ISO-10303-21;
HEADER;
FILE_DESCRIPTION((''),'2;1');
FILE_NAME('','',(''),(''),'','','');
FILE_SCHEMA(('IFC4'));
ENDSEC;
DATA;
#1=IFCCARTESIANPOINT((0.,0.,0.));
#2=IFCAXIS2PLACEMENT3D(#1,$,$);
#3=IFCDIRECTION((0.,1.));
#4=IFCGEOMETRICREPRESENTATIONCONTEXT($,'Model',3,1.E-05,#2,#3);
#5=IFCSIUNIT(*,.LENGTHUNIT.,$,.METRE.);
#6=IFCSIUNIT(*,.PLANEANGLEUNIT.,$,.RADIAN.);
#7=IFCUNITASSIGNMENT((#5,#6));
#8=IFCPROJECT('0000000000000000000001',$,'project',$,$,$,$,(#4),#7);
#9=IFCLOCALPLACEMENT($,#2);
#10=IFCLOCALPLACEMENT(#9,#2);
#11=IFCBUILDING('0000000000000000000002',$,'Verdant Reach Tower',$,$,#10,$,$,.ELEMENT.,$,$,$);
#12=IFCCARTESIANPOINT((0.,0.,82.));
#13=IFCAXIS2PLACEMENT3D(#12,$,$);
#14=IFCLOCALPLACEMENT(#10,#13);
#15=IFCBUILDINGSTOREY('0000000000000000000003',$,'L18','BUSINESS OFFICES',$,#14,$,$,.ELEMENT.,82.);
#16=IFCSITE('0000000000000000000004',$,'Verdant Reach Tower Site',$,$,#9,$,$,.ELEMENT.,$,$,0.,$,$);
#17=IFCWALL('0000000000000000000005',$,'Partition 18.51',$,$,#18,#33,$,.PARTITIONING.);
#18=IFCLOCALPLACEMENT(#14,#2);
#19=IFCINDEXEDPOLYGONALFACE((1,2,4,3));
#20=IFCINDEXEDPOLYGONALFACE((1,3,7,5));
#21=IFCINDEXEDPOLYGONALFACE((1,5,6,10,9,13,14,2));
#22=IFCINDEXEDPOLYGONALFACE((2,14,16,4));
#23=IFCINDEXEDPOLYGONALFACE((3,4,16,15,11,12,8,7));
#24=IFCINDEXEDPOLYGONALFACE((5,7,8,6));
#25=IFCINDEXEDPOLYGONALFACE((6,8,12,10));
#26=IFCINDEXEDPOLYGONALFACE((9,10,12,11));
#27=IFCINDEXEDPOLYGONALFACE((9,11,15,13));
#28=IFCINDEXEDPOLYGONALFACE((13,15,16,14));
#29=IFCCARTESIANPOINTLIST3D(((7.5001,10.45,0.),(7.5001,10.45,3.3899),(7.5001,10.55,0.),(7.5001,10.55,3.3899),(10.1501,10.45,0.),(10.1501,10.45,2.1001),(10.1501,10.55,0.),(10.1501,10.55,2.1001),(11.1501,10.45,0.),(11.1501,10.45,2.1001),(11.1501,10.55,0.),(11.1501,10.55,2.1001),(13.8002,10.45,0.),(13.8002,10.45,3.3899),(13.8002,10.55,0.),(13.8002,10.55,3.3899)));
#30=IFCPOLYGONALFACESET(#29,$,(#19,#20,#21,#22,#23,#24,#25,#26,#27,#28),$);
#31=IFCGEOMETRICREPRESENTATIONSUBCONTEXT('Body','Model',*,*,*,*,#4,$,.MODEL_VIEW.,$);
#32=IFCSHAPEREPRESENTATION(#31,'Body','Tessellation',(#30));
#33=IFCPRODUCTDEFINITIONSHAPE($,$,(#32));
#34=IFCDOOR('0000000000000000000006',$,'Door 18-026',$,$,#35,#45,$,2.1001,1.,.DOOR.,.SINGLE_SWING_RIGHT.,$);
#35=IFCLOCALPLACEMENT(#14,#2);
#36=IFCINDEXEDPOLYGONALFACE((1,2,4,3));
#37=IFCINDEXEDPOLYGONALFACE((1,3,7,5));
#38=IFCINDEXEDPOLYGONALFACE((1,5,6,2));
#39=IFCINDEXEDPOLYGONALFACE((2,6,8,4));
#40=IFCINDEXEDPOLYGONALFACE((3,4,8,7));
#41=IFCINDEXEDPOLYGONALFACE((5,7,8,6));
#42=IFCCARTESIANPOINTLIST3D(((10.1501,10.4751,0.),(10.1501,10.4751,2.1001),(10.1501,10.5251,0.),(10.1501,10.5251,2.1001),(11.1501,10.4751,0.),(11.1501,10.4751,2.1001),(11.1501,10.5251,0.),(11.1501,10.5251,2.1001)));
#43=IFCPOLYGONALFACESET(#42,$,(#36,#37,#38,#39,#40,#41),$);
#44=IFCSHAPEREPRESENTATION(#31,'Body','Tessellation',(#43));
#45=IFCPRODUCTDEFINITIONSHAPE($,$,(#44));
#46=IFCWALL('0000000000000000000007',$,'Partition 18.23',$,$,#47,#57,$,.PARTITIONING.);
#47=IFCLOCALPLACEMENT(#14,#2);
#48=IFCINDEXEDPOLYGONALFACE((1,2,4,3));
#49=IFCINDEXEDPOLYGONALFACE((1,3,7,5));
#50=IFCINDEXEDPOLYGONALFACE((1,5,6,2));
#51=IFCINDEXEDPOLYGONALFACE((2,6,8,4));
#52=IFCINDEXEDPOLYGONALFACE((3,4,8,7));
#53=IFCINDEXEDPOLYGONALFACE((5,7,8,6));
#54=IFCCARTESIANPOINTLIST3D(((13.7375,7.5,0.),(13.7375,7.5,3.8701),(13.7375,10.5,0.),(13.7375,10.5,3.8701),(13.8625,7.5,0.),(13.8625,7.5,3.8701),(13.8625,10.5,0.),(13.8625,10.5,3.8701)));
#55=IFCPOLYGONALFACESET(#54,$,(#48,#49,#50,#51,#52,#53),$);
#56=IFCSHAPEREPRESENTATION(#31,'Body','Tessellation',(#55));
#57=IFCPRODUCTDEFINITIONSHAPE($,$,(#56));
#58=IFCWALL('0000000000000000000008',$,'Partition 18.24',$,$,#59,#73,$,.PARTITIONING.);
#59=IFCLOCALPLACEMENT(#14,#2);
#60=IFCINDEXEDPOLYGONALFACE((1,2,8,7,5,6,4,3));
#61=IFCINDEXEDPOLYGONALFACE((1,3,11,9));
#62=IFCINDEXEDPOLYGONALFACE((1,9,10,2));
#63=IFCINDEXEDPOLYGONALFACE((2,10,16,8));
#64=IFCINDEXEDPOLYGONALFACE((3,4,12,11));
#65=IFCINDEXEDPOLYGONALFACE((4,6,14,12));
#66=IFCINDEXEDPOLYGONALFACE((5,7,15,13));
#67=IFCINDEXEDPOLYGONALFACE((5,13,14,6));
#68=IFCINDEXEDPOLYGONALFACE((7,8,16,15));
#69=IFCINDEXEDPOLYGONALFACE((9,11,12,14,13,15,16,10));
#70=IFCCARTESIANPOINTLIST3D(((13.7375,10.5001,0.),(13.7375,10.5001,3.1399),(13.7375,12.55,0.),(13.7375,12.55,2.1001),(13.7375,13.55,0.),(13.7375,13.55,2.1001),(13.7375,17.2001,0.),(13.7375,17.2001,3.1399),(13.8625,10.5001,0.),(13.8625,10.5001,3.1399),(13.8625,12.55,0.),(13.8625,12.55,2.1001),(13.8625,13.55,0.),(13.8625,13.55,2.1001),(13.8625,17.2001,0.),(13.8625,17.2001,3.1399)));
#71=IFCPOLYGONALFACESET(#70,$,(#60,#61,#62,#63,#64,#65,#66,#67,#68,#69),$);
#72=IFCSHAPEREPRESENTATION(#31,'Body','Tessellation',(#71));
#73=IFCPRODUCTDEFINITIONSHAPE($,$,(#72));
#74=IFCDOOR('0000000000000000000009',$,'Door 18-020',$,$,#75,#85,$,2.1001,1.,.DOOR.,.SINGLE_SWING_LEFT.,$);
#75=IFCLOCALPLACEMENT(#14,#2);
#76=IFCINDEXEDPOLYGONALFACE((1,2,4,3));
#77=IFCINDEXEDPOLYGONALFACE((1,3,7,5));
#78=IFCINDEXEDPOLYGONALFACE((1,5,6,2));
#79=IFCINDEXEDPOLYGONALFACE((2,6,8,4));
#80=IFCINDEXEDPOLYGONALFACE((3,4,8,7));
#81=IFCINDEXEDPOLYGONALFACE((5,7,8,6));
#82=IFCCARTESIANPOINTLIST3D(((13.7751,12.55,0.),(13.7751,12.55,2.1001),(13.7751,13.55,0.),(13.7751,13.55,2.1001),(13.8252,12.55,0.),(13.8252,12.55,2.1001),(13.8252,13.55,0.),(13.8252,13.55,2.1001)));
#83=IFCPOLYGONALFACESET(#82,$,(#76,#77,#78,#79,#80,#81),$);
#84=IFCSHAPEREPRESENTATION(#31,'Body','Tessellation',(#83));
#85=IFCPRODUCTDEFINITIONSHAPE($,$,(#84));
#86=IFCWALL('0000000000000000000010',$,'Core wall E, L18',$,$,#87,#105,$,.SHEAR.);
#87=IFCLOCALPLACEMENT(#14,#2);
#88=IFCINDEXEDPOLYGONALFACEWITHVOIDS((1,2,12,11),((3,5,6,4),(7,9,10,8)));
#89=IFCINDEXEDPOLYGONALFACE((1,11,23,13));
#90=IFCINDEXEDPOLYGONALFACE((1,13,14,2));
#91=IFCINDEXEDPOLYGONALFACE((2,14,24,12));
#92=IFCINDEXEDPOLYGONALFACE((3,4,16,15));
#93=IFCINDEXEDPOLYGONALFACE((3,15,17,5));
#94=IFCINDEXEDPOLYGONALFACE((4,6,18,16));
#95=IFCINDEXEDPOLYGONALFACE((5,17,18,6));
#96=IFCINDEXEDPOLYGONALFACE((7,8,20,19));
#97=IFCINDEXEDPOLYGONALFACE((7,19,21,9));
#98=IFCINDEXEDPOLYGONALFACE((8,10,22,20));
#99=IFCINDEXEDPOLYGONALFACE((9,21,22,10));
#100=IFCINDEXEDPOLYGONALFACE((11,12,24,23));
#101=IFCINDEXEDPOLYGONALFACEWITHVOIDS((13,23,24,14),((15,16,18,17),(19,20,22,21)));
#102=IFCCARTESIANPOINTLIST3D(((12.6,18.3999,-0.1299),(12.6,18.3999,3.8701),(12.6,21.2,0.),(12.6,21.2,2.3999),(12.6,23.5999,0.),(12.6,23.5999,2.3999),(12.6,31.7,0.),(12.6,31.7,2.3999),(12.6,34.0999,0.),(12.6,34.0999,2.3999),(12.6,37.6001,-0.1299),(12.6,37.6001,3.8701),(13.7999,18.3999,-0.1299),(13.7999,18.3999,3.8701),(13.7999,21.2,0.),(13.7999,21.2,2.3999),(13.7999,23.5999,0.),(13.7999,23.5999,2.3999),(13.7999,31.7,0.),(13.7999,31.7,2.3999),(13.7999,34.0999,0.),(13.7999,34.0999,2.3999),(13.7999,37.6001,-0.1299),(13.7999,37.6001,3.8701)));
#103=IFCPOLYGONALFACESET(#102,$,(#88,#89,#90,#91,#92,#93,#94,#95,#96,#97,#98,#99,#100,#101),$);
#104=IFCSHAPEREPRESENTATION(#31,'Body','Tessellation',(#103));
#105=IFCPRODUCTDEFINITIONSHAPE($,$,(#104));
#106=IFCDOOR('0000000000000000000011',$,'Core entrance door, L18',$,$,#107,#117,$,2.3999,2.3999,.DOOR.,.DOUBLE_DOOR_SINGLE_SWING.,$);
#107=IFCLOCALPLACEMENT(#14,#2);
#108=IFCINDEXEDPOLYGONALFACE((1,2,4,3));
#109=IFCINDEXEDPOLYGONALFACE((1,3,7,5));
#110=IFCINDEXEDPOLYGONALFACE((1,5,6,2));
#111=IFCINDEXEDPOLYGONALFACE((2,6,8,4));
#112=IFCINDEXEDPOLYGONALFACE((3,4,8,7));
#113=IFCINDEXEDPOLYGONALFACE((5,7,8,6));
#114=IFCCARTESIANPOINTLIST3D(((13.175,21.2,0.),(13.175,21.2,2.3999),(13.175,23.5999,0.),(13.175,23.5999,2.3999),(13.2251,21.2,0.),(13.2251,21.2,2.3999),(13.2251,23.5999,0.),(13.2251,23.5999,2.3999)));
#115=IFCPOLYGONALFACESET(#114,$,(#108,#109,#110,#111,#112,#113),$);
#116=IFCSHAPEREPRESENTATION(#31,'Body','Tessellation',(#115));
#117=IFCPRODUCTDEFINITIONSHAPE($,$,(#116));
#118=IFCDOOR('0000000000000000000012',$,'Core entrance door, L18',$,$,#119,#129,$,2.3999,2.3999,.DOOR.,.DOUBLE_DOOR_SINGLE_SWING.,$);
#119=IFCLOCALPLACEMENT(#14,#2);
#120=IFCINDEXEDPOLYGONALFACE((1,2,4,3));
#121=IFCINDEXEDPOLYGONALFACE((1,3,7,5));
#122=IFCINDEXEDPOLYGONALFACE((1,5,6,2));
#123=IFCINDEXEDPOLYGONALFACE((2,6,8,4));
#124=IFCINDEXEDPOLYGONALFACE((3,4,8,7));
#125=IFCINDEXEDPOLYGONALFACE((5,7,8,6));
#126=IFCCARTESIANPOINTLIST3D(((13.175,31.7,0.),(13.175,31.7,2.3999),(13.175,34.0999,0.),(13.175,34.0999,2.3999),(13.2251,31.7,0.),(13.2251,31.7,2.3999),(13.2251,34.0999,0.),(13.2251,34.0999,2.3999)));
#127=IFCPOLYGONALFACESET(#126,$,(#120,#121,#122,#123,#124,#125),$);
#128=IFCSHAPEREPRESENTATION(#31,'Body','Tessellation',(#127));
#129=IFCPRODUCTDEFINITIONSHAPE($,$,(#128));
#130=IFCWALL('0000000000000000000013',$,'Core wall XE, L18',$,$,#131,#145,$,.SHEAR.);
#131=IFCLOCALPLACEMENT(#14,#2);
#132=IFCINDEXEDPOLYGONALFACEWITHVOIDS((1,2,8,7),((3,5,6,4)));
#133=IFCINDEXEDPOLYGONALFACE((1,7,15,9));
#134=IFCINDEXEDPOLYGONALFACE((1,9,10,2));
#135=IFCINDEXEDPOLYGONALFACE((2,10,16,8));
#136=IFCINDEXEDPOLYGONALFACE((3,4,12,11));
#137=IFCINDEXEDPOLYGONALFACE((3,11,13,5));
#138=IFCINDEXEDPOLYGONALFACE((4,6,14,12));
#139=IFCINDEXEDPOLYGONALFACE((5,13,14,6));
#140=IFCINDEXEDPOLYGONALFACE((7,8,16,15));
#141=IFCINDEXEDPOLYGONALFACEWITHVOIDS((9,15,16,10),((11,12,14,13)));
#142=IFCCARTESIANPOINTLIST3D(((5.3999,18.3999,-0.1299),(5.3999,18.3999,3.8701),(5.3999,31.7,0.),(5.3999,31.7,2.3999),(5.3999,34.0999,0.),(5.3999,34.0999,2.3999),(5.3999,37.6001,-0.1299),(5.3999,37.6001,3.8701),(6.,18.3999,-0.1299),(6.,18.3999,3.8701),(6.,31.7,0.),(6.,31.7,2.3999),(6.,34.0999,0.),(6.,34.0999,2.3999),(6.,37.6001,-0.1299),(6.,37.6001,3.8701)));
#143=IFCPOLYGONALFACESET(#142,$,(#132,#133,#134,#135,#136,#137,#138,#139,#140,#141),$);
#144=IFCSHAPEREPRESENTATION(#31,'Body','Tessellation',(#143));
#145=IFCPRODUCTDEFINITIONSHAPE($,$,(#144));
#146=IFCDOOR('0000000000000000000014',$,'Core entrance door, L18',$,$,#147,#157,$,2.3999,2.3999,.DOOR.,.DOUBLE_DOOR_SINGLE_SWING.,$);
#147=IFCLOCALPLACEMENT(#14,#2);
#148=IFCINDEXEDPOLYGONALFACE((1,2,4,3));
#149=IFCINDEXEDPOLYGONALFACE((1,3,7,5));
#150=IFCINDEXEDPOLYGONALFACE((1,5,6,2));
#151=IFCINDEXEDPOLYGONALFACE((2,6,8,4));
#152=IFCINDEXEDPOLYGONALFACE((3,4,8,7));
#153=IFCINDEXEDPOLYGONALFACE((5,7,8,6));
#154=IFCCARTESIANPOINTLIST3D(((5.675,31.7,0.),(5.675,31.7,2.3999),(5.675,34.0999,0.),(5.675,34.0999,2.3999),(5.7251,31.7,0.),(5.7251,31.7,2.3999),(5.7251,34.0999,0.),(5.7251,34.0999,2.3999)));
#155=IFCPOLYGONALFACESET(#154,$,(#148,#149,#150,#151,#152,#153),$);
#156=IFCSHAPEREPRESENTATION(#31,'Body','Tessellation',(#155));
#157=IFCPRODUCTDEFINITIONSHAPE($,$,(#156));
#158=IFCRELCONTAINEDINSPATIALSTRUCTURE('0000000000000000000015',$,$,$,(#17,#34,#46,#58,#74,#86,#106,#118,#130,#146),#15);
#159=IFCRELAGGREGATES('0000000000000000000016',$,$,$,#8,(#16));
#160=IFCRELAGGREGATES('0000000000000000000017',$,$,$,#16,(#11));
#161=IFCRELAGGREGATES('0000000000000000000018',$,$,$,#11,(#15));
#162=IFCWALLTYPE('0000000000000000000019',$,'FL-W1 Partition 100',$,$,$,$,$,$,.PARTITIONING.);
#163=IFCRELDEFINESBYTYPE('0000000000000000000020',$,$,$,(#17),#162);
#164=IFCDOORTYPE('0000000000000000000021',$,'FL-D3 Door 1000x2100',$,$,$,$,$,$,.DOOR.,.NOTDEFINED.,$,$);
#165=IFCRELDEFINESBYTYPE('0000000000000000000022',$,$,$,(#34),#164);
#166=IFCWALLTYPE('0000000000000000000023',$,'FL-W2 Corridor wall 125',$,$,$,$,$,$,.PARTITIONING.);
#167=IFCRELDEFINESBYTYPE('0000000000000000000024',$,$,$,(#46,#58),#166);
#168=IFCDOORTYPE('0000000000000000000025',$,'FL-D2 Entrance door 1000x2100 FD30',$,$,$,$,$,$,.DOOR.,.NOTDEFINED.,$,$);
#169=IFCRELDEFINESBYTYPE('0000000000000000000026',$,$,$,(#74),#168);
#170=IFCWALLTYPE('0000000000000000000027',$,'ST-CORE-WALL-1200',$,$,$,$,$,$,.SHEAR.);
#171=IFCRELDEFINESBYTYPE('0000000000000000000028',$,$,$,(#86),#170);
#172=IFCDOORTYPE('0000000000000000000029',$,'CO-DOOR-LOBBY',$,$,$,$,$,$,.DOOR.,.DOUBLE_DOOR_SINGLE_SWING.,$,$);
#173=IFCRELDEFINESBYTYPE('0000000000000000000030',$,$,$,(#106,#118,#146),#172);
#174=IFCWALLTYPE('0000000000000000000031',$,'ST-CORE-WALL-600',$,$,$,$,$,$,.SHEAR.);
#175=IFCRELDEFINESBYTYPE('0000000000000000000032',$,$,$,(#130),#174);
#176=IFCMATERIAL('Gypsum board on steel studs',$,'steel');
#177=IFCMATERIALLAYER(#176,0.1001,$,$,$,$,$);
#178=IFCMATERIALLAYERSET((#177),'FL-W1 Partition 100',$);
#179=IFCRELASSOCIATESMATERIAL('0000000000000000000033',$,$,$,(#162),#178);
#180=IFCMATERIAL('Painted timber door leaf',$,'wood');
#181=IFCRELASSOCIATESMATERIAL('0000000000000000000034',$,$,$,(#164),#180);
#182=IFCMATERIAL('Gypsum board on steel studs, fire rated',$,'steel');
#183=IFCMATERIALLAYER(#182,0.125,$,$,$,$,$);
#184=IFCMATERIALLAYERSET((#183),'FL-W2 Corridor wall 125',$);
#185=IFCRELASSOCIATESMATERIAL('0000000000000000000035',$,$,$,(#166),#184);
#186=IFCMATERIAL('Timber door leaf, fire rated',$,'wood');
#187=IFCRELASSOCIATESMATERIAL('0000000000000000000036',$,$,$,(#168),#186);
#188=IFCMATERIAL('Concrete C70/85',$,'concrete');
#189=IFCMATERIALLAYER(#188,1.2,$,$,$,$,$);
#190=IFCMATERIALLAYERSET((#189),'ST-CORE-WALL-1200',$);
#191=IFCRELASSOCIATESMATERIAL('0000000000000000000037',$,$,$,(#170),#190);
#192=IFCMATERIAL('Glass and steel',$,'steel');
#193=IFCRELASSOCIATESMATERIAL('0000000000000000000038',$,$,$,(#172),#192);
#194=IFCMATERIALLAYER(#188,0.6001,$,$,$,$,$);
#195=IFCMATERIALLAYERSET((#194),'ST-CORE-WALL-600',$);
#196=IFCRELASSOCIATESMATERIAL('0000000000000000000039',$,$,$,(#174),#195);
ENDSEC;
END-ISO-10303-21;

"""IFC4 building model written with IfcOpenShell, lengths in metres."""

from ifc_helpers import new_model, si_unit, direction, frame, frame_2d, origin, place, context, subcontext, project, spatial, rectangle, extrude, material, layer, layer_set, type_object, element, fill, save


model = new_model("IFC4")

# Units and contexts
model_context = context("Model", 3, precision=1e-05, world=origin(), true_north=direction((0.0, 1.0)))
body_context = subcontext(model_context, "Body", "Model", "MODEL_VIEW")
ifc_project = project(units=[si_unit("LENGTHUNIT", "METRE"), si_unit("PLANEANGLEUNIT", "RADIAN")], contexts=[model_context])

# Site, building, storey
site_placement = place(None, origin())
site = spatial("IfcSite", under=ifc_project, at=site_placement, Name="Verdant Reach Tower Site", CompositionType="ELEMENT", RefElevation=0.0)
building_placement = place(site_placement, origin())
building = spatial("IfcBuilding", under=site, at=building_placement, Name="Verdant Reach Tower", CompositionType="ELEMENT")
storey_placement = place(building_placement, frame((0.0, 0.0, 82.0)))
storey = spatial("IfcBuildingStorey", under=building, at=storey_placement, Name="L18", Description="BUSINESS OFFICES", CompositionType="ELEMENT", Elevation=82.0)

# Shared definitions
ifc_material_1 = material(Name="Gypsum board on steel studs", Category="steel")

# Wall, opening, door
ifc_layer_1 = layer(ifc_material_1, 0.1001)
ifc_layer_set_1 = layer_set([ifc_layer_1], Name="FL-W1 Partition 100")
wall_type_1 = type_object("IfcWallType", Name="FL-W1 Partition 100", PredefinedType="PARTITIONING", material=ifc_layer_set_1)
wall_1_placement = place(storey_placement, frame((13.8, 10.5, 0.0), z_axis=(0.0, 0.0, 1.0), x_axis=(-1.0, 0.0, 0.0)))
wall_1 = element("IfcWall", 1, at=wall_1_placement, inside=storey, type_object=wall_type_1, Name="Partition 18.51", PredefinedType="PARTITIONING", context=body_context, shape_type="SweptSolid", body=[
    extrude(rectangle(XDim=6.3, YDim=0.1001, at=frame_2d((3.1499, 0.0))), origin(), (0.0, 0.0, 1.0), 3.3899),
])
opening_1_placement = place(wall_1_placement, frame((2.6499, 0.0, 0.0)))
opening_1 = element("IfcOpeningElement", 2, at=opening_1_placement, cuts=wall_1, PredefinedType="OPENING", context=body_context, shape_type="SweptSolid", body=[
    extrude(rectangle(XDim=1.0, YDim=2.1001, at=frame_2d((0.5, 1.05))), frame((0.0, 0.0601, 0.0), z_axis=(0.0, -1.0, 0.0), x_axis=(1.0, 0.0, 0.0)), (0.0, 0.0, 1.0), 0.1201),
])
ifc_material_2 = material(Name="Painted timber door leaf", Category="wood")
door_type_1 = type_object("IfcDoorType", Name="FL-D3 Door 1000x2100", OperationType="NOTDEFINED", PredefinedType="DOOR", material=ifc_material_2)
door_1_placement = place(opening_1_placement, origin())
door_1 = element("IfcDoor", 3, at=door_1_placement, inside=storey, type_object=door_type_1, Name="Door 18-026", OperationType="SINGLE_SWING_RIGHT", OverallHeight=2.1001, OverallWidth=1.0, PredefinedType="DOOR", context=body_context, shape_type="SweptSolid", body=[
    extrude(rectangle(XDim=1.0, YDim=2.1001, at=frame_2d((0.5, 1.05))), frame((0.0, 0.0249, 0.0), z_axis=(0.0, -1.0, 0.0), x_axis=(1.0, 0.0, 0.0)), (0.0, 0.0, 1.0), 0.05),
])
fill(opening_1, door_1)

# Wall
ifc_material_3 = material(Name="Gypsum board on steel studs, fire rated", Category="steel")
ifc_layer_2 = layer(ifc_material_3, 0.125)
ifc_layer_set_2 = layer_set([ifc_layer_2], Name="FL-W2 Corridor wall 125")
wall_type_2 = type_object("IfcWallType", Name="FL-W2 Corridor wall 125", PredefinedType="PARTITIONING", material=ifc_layer_set_2)
wall_2_placement = place(storey_placement, frame((13.8, 10.5, 0.0), z_axis=(0.0, 0.0, 1.0), x_axis=(0.0, -1.0, 0.0)))
element("IfcWall", 4, at=wall_2_placement, inside=storey, type_object=wall_type_2, Name="Partition 18.23", PredefinedType="PARTITIONING", context=body_context, shape_type="SweptSolid", body=[
    extrude(rectangle(XDim=3.0, YDim=0.125, at=frame_2d((1.5, 0.0))), origin(), (0.0, 0.0, 1.0), 3.8701),
])

# Wall, opening, door
wall_3_placement = place(storey_placement, frame((13.8, 10.5, 0.0), z_axis=(0.0, 0.0, 1.0), x_axis=(0.0, 1.0, 0.0)))
wall_3 = element("IfcWall", 5, at=wall_3_placement, inside=storey, type_object=wall_type_2, Name="Partition 18.24", PredefinedType="PARTITIONING", context=body_context, shape_type="SweptSolid", body=[
    extrude(rectangle(XDim=6.7, YDim=0.125, at=frame_2d((3.3501, 0.0))), origin(), (0.0, 0.0, 1.0), 3.1399),
])
opening_2_placement = place(wall_3_placement, frame((2.05, 0.0, 0.0)))
opening_2 = element("IfcOpeningElement", 6, at=opening_2_placement, cuts=wall_3, PredefinedType="OPENING", context=body_context, shape_type="SweptSolid", body=[
    extrude(rectangle(XDim=1.0, YDim=2.1001, at=frame_2d((0.5, 1.05))), frame((0.0, 0.0725, 0.0), z_axis=(0.0, -1.0, 0.0), x_axis=(1.0, 0.0, 0.0)), (0.0, 0.0, 1.0), 0.145),
])
ifc_material_4 = material(Name="Timber door leaf, fire rated", Category="wood")
door_type_2 = type_object("IfcDoorType", Name="FL-D2 Entrance door 1000x2100 FD30", OperationType="NOTDEFINED", PredefinedType="DOOR", material=ifc_material_4)
door_2_placement = place(opening_2_placement, origin())
door_2 = element("IfcDoor", 7, at=door_2_placement, inside=storey, type_object=door_type_2, Name="Door 18-020", OperationType="SINGLE_SWING_LEFT", OverallHeight=2.1001, OverallWidth=1.0, PredefinedType="DOOR", context=body_context, shape_type="SweptSolid", body=[
    extrude(rectangle(XDim=1.0, YDim=2.1001, at=frame_2d((0.5, 1.05))), frame((0.0, 0.0249, 0.0), z_axis=(0.0, -1.0, 0.0), x_axis=(1.0, 0.0, 0.0)), (0.0, 0.0, 1.0), 0.05),
])
fill(opening_2, door_2)

# Wall, openings, doors
ifc_material_5 = material(Name="Concrete C70/85", Category="concrete")
ifc_layer_3 = layer(ifc_material_5, 1.2)
ifc_layer_set_3 = layer_set([ifc_layer_3], Name="ST-CORE-WALL-1200")
wall_type_3 = type_object("IfcWallType", Name="ST-CORE-WALL-1200", PredefinedType="SHEAR", material=ifc_layer_set_3)
wall_4_placement = place(storey_placement, frame((13.2, 18.3999, -0.1299), z_axis=(0.0, 0.0, 1.0), x_axis=(0.0, 1.0, 0.0)))
wall_4 = element("IfcWall", 8, at=wall_4_placement, inside=storey, type_object=wall_type_3, Name="Core wall E, L18", PredefinedType="SHEAR", context=body_context, shape_type="SweptSolid", body=[
    extrude(rectangle(XDim=19.2002, YDim=1.2, at=frame_2d((9.6001, 0.0))), origin(), (0.0, 0.0, 1.0), 4.0),
])
opening_3_placement = place(wall_4_placement, frame((2.8, 0.0, 0.1299)))
opening_3 = element("IfcOpeningElement", 9, at=opening_3_placement, cuts=wall_4, PredefinedType="OPENING", context=body_context, shape_type="SweptSolid", body=[
    extrude(rectangle(XDim=2.3999, YDim=2.3999, at=frame_2d((1.2, 1.2))), frame((0.0, 0.6099, 0.0), z_axis=(0.0, -1.0, 0.0), x_axis=(1.0, 0.0, 0.0)), (0.0, 0.0, 1.0), 1.22),
])
opening_4_placement = place(wall_4_placement, frame((13.3, 0.0, 0.1299)))
opening_4 = element("IfcOpeningElement", 10, at=opening_4_placement, cuts=wall_4, PredefinedType="OPENING", context=body_context, shape_type="SweptSolid", body=[
    extrude(rectangle(XDim=2.3999, YDim=2.3999, at=frame_2d((1.2, 1.2))), frame((0.0, 0.6099, 0.0), z_axis=(0.0, -1.0, 0.0), x_axis=(1.0, 0.0, 0.0)), (0.0, 0.0, 1.0), 1.22),
])
ifc_material_6 = material(Name="Glass and steel", Category="steel")
door_type_3 = type_object("IfcDoorType", Name="CO-DOOR-LOBBY", OperationType="DOUBLE_DOOR_SINGLE_SWING", PredefinedType="DOOR", material=ifc_material_6)
door_3_placement = place(opening_3_placement, origin())
door_3 = element("IfcDoor", 11, at=door_3_placement, inside=storey, type_object=door_type_3, Name="Core entrance door, L18", OperationType="DOUBLE_DOOR_SINGLE_SWING", OverallHeight=2.3999, OverallWidth=2.3999, PredefinedType="DOOR", context=body_context, shape_type="SweptSolid", body=[
    extrude(rectangle(XDim=2.3999, YDim=2.3999, at=frame_2d((1.2, 1.2))), frame((0.0, 0.0249, 0.0), z_axis=(0.0, -1.0, 0.0), x_axis=(1.0, 0.0, 0.0)), (0.0, 0.0, 1.0), 0.05),
])
fill(opening_3, door_3)
door_4_placement = place(opening_4_placement, origin())
door_4 = element("IfcDoor", 12, at=door_4_placement, inside=storey, type_object=door_type_3, Name="Core entrance door, L18", OperationType="DOUBLE_DOOR_SINGLE_SWING", OverallHeight=2.3999, OverallWidth=2.3999, PredefinedType="DOOR", context=body_context, shape_type="SweptSolid", body=[
    extrude(rectangle(XDim=2.3999, YDim=2.3999, at=frame_2d((1.2, 1.2))), frame((0.0, 0.0249, 0.0), z_axis=(0.0, -1.0, 0.0), x_axis=(1.0, 0.0, 0.0)), (0.0, 0.0, 1.0), 0.05),
])
fill(opening_4, door_4)

# Wall, opening, door
ifc_layer_4 = layer(ifc_material_5, 0.6001)
ifc_layer_set_4 = layer_set([ifc_layer_4], Name="ST-CORE-WALL-600")
wall_type_4 = type_object("IfcWallType", Name="ST-CORE-WALL-600", PredefinedType="SHEAR", material=ifc_layer_set_4)
wall_5_placement = place(storey_placement, frame((5.7, 18.3999, -0.1299), z_axis=(0.0, 0.0, 1.0), x_axis=(0.0, 1.0, 0.0)))
wall_5 = element("IfcWall", 13, at=wall_5_placement, inside=storey, type_object=wall_type_4, Name="Core wall XE, L18", PredefinedType="SHEAR", context=body_context, shape_type="SweptSolid", body=[
    extrude(rectangle(XDim=19.2002, YDim=0.6001, at=frame_2d((9.6001, 0.0))), origin(), (0.0, 0.0, 1.0), 4.0),
])
opening_5_placement = place(wall_5_placement, frame((13.3, 0.0, 0.1299)))
opening_5 = element("IfcOpeningElement", 14, at=opening_5_placement, cuts=wall_5, PredefinedType="OPENING", context=body_context, shape_type="SweptSolid", body=[
    extrude(rectangle(XDim=2.3999, YDim=2.3999, at=frame_2d((1.2, 1.2))), frame((0.0, 0.3101, 0.0), z_axis=(0.0, -1.0, 0.0), x_axis=(1.0, 0.0, 0.0)), (0.0, 0.0, 1.0), 0.6201),
])
door_5_placement = place(opening_5_placement, origin())
door_5 = element("IfcDoor", 15, at=door_5_placement, inside=storey, type_object=door_type_3, Name="Core entrance door, L18", OperationType="DOUBLE_DOOR_SINGLE_SWING", OverallHeight=2.3999, OverallWidth=2.3999, PredefinedType="DOOR", context=body_context, shape_type="SweptSolid", body=[
    extrude(rectangle(XDim=2.3999, YDim=2.3999, at=frame_2d((1.2, 1.2))), frame((0.0, 0.0249, 0.0), z_axis=(0.0, -1.0, 0.0), x_axis=(1.0, 0.0, 0.0)), (0.0, 0.0, 1.0), 0.05),
])
fill(opening_5, door_5)

save(model, "model.ifc")
